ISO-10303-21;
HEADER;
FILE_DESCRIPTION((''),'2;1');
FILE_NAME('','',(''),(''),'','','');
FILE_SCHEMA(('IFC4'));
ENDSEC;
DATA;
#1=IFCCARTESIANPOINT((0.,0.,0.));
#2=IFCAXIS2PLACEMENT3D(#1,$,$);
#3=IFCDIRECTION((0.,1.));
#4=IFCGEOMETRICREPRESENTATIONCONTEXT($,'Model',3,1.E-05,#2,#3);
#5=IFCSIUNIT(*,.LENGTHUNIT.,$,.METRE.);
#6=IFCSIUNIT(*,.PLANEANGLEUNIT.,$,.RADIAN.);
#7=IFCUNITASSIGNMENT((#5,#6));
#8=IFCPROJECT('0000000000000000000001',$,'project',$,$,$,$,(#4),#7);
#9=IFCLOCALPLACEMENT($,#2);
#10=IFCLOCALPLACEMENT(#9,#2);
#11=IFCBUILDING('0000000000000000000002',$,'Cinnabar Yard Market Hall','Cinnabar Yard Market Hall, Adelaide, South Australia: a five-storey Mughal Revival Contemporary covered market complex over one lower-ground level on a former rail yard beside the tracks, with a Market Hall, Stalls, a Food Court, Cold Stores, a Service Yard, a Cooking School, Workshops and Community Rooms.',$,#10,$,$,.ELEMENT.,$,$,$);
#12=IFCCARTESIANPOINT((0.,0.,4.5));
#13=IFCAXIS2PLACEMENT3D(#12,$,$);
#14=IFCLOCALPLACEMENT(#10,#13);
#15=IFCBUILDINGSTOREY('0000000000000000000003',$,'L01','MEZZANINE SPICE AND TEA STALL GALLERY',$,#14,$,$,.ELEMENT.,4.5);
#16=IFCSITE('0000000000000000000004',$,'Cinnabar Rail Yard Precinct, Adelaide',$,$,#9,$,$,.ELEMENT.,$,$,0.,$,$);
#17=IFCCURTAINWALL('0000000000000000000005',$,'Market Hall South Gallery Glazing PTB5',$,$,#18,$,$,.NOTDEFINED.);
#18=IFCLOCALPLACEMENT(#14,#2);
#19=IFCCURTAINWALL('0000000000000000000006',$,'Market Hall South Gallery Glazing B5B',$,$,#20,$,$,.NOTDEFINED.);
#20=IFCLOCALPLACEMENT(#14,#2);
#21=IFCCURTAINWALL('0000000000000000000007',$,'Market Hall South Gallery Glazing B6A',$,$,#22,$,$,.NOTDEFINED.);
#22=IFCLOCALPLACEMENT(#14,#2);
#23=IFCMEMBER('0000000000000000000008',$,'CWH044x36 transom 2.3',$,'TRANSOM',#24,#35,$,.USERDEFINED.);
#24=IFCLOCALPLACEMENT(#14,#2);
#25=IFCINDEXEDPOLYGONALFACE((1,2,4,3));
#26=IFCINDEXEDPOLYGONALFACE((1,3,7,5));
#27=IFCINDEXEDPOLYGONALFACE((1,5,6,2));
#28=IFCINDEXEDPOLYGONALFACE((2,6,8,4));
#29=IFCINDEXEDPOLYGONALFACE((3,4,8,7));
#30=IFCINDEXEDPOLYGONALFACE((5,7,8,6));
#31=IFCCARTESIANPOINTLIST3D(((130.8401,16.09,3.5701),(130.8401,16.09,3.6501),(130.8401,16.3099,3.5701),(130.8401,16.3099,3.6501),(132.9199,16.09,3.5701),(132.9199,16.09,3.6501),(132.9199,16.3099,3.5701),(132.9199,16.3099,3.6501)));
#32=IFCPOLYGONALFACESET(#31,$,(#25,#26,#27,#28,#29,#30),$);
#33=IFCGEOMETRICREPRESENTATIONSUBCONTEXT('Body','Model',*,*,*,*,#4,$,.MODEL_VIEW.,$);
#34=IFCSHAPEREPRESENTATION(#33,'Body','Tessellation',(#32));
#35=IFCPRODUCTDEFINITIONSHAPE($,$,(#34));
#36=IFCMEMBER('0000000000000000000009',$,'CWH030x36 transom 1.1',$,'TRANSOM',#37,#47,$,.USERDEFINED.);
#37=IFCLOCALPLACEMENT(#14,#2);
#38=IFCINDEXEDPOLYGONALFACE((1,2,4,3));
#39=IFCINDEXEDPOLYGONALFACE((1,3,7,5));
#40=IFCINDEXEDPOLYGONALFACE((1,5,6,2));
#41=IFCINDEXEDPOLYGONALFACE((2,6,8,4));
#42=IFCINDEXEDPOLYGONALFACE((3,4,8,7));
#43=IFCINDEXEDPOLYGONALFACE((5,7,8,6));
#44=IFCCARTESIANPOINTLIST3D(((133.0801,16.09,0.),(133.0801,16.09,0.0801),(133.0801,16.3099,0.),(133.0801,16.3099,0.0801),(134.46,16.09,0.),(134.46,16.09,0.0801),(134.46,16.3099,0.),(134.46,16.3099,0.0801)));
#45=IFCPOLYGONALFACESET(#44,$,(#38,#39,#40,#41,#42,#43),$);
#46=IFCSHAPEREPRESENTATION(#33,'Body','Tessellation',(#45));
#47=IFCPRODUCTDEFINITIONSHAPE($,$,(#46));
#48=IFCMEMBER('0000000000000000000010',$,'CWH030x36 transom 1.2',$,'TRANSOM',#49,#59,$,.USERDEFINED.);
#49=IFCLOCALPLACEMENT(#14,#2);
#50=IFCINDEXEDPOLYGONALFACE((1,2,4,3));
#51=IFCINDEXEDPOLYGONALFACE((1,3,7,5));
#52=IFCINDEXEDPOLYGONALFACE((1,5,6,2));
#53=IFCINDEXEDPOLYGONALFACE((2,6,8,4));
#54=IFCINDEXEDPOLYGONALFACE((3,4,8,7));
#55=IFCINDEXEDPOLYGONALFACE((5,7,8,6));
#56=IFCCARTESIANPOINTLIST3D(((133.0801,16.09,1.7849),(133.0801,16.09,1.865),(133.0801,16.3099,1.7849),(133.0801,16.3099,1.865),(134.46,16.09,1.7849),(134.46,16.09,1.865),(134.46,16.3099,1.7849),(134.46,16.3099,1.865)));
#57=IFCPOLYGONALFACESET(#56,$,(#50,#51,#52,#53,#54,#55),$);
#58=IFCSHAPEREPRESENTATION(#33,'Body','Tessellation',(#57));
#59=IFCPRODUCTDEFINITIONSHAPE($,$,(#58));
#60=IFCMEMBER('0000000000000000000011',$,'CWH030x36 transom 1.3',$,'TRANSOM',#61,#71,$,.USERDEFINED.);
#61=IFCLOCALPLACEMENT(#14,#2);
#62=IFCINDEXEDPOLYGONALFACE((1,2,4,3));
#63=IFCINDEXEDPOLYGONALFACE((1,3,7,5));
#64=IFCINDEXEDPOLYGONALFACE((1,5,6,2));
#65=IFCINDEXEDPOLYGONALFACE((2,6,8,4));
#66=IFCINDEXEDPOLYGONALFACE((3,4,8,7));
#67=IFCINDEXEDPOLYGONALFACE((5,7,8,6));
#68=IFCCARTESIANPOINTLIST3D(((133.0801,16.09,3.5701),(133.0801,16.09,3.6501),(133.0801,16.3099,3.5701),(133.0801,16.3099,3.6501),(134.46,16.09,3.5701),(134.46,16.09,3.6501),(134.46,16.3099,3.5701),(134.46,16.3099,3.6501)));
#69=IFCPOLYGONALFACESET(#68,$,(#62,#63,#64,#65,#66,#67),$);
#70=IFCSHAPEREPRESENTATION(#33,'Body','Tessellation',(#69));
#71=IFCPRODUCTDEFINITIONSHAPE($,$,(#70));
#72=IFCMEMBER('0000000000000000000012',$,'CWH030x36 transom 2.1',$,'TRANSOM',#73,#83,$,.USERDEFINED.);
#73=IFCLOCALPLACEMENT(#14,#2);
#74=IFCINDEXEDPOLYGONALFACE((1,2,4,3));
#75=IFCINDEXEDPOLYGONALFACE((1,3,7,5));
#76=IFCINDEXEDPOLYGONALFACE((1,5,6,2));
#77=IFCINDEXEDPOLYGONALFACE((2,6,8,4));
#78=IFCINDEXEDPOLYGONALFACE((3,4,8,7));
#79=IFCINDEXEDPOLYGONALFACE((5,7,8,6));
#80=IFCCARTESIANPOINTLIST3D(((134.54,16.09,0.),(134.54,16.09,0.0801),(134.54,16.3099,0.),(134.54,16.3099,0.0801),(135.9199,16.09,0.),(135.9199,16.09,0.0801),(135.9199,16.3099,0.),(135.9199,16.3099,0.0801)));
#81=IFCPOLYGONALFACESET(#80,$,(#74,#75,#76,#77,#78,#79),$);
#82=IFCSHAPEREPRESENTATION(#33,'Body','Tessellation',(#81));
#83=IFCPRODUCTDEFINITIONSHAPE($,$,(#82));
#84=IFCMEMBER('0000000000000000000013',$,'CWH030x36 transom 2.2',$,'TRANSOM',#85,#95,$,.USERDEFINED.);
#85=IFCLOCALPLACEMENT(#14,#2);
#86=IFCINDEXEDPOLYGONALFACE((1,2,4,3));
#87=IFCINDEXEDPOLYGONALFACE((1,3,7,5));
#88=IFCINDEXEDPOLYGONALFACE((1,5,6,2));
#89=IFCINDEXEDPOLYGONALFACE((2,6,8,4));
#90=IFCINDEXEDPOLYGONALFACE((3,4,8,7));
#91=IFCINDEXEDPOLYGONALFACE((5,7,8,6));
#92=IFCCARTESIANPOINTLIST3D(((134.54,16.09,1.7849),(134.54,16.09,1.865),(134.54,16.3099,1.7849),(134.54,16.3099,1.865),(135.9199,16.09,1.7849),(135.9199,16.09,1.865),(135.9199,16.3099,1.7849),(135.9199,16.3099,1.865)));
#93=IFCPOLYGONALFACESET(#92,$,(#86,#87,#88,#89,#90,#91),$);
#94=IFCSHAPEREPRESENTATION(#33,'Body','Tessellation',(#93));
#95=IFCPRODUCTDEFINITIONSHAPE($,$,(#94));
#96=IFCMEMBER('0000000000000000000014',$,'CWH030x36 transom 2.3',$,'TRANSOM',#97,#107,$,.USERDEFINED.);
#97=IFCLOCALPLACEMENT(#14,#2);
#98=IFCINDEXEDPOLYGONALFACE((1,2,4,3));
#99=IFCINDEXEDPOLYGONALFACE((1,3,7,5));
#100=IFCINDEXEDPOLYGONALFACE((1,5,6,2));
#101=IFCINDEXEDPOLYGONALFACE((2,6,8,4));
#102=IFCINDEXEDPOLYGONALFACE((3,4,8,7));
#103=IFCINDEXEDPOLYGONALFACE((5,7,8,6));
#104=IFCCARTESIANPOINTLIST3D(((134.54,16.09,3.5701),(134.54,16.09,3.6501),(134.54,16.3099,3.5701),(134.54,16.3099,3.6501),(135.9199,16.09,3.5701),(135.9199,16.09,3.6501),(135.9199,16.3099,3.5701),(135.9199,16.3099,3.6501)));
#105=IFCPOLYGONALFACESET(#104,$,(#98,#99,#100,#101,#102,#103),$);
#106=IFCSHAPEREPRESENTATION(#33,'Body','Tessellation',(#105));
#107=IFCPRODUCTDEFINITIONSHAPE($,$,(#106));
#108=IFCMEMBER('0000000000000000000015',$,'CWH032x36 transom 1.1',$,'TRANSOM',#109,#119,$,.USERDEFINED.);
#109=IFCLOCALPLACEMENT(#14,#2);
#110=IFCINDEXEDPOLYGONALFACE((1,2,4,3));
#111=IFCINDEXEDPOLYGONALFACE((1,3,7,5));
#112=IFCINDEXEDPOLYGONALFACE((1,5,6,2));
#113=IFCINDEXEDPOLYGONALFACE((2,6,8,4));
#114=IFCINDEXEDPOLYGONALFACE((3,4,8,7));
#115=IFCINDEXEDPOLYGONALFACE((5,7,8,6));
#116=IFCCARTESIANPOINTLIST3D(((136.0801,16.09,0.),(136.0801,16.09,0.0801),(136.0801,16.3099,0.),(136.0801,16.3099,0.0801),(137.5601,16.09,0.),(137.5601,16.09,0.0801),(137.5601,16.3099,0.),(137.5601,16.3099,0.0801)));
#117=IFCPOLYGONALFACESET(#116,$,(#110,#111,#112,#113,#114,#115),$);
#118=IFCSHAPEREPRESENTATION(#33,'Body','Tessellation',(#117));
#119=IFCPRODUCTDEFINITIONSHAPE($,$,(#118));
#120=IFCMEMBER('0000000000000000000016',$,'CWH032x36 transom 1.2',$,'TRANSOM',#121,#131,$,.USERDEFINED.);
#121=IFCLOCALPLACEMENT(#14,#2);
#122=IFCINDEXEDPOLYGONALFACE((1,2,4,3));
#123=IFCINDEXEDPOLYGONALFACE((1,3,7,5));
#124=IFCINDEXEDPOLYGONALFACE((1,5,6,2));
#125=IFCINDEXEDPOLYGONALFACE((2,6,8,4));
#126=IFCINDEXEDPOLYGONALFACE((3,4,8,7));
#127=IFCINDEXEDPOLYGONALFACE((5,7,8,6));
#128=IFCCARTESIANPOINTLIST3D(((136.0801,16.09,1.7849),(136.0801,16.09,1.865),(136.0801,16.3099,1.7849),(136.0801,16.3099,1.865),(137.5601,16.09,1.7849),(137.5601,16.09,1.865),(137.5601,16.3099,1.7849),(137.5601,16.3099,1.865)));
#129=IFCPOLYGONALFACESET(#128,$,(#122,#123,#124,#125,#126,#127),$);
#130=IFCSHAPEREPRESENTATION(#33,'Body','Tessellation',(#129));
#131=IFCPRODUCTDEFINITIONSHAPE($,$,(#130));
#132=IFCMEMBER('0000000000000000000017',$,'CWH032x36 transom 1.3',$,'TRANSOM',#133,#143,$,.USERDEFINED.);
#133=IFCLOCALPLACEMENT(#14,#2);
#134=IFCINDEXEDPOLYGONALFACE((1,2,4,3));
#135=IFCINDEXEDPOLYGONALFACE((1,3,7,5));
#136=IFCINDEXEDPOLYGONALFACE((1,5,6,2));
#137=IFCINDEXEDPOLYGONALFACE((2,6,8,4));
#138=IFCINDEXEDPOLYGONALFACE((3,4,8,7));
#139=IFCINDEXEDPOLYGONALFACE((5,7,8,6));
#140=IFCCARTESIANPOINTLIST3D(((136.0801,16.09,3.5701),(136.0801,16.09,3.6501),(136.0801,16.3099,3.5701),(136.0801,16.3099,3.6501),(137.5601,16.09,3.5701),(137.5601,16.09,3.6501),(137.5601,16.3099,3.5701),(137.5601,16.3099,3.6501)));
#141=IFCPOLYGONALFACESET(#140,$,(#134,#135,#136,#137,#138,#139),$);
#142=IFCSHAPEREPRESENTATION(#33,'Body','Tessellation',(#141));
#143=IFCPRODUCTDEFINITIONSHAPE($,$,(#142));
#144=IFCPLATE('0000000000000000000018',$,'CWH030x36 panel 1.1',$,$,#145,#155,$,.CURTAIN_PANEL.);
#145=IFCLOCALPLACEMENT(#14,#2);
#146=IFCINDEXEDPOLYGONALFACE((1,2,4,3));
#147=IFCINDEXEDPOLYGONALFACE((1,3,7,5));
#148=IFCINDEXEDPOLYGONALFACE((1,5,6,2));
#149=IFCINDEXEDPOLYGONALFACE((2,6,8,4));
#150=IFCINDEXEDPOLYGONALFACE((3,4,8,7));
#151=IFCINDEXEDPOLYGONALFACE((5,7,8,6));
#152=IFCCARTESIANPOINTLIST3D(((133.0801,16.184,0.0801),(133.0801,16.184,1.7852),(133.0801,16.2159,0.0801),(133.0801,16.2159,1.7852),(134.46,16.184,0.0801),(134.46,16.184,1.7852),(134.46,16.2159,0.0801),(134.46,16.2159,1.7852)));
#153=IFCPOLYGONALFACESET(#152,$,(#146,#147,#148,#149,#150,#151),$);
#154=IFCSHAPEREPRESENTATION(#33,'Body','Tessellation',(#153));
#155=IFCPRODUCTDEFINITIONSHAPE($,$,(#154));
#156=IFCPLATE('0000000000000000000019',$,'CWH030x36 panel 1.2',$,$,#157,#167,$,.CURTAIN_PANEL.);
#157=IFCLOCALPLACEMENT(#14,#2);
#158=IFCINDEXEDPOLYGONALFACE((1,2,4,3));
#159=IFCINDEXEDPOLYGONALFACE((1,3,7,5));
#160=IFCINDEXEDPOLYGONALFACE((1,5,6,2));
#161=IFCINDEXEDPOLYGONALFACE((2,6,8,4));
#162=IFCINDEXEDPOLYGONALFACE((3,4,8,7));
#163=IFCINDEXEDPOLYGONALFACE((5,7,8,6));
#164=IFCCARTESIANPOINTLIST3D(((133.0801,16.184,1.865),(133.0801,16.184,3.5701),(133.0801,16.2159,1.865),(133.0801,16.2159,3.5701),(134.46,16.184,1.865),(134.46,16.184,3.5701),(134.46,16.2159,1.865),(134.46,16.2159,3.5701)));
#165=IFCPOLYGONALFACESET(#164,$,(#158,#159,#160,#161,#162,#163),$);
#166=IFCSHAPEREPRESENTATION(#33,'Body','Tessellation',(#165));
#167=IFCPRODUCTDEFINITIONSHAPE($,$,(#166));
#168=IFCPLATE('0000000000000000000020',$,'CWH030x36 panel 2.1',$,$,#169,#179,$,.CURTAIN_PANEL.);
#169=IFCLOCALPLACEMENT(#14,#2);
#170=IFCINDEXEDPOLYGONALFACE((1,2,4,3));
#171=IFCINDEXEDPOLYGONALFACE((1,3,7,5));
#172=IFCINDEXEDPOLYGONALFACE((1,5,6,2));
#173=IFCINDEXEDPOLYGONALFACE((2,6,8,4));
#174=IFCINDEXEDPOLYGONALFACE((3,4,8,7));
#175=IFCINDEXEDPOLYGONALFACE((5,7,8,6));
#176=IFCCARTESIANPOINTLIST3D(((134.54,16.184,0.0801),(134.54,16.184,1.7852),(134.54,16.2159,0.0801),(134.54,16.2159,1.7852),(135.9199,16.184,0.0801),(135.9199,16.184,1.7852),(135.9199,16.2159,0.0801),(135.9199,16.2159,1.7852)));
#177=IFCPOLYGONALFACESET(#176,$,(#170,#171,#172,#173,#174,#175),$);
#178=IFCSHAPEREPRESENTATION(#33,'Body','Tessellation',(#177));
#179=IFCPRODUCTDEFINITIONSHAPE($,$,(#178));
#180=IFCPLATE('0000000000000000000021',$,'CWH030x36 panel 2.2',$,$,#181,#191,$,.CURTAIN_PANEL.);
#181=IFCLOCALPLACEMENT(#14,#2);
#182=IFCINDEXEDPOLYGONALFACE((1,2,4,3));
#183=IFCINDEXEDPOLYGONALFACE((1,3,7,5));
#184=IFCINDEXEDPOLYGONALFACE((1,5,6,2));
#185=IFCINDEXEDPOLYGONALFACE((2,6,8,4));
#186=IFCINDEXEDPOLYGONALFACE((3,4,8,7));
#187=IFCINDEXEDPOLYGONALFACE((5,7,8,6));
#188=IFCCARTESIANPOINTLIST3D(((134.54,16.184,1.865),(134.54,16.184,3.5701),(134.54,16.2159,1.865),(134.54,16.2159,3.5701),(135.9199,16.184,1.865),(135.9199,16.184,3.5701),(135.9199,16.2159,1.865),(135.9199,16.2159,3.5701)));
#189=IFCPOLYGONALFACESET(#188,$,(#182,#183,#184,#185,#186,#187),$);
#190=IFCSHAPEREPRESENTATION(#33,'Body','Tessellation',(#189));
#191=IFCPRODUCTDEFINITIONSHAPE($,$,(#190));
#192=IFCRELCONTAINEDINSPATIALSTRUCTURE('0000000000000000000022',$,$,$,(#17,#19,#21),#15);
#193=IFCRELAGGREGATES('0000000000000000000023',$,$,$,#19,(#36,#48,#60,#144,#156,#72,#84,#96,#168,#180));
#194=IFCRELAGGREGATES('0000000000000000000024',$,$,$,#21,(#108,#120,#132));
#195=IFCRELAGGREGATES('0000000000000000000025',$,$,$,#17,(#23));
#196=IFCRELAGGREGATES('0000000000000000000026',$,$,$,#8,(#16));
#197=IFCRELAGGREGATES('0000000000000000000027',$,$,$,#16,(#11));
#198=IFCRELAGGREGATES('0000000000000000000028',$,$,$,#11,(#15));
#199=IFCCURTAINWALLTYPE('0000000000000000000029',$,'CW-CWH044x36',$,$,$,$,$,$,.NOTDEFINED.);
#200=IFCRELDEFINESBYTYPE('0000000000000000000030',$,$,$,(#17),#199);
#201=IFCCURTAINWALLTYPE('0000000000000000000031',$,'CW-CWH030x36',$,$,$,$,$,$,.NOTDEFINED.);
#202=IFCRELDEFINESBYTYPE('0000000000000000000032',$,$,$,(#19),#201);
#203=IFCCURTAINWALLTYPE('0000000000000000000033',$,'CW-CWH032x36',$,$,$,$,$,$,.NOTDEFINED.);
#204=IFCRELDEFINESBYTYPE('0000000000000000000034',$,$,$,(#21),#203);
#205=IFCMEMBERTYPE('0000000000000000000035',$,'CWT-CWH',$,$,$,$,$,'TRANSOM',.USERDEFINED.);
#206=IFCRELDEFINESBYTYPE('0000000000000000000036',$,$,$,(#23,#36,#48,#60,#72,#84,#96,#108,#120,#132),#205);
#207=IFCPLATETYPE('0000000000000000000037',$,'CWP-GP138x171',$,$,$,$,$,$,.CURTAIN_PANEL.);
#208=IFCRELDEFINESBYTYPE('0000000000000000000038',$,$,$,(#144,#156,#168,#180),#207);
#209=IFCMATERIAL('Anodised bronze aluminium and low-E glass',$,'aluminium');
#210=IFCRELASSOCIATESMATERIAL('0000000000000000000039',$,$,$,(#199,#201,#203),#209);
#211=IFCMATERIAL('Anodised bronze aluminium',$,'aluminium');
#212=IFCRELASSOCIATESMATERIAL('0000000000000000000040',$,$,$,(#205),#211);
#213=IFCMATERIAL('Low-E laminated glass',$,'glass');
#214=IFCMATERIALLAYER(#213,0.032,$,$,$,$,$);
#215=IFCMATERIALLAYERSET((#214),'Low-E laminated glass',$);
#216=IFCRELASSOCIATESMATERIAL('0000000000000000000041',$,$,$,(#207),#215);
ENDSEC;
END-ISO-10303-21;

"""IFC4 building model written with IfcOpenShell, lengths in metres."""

from ifc_helpers import new_model, si_unit, direction, frame, origin, origin_2d_with_axis, place, context, subcontext, project, spatial, rectangle, extrude, material, layer, layer_set, material_profile, profile_set, type_object, element, aggregate, save


model = new_model("IFC4")

# Units and contexts
model_context = context("Model", 3, precision=1e-05, world=origin(), true_north=direction((0.0, 1.0)))
body_context = subcontext(model_context, "Body", "Model", "MODEL_VIEW")
ifc_project = project(units=[si_unit("LENGTHUNIT", "METRE"), si_unit("PLANEANGLEUNIT", "RADIAN")], contexts=[model_context])

# Site, building, storey
site_placement = place(None, origin())
site = spatial("IfcSite", under=ifc_project, at=site_placement, Name="Cinnabar Rail Yard Precinct, Adelaide", CompositionType="ELEMENT", RefElevation=0.0)
building_placement = place(site_placement, origin())
building = spatial("IfcBuilding", under=site, at=building_placement, Name="Cinnabar Yard Market Hall", Description="Cinnabar Yard Market Hall, Adelaide, South Australia: a five-storey Mughal Revival Contemporary covered market complex over one lower-ground level on a former rail yard beside the tracks, with a Market Hall, Stalls, a Food Court, Cold Stores, a Service Yard, a Cooking School, Workshops and Community Rooms.", CompositionType="ELEMENT")
storey_placement = place(building_placement, frame((0.0, 0.0, 4.5)))
storey = spatial("IfcBuildingStorey", under=building, at=storey_placement, Name="L01", Description="MEZZANINE SPICE AND TEA STALL GALLERY", CompositionType="ELEMENT", Elevation=4.5)

# Curtain walls
ifc_material_1 = material(Name="Anodised bronze aluminium and low-E glass", Category="aluminium")
curtain_wall_type_1 = type_object("IfcCurtainWallType", Name="CW-CWH044x36", PredefinedType="NOTDEFINED", material=ifc_material_1)
curtain_wall_1_placement = place(storey_placement, origin())
curtain_wall_1 = element("IfcCurtainWall", 1, at=curtain_wall_1_placement, inside=storey, type_object=curtain_wall_type_1, Name="Market Hall South Gallery Glazing PTB5", PredefinedType="NOTDEFINED")
ifc_material_2 = material(Name="Anodised bronze aluminium", Category="aluminium")
curtain_wall_type_2 = type_object("IfcCurtainWallType", Name="CW-CWH030x36", PredefinedType="NOTDEFINED", material=ifc_material_1)
curtain_wall_2_placement = place(storey_placement, origin())
curtain_wall_2 = element("IfcCurtainWall", 2, at=curtain_wall_2_placement, inside=storey, type_object=curtain_wall_type_2, Name="Market Hall South Gallery Glazing B5B", PredefinedType="NOTDEFINED")
curtain_wall_type_3 = type_object("IfcCurtainWallType", Name="CW-CWH032x36", PredefinedType="NOTDEFINED", material=ifc_material_1)
curtain_wall_3_placement = place(storey_placement, origin())
curtain_wall_3 = element("IfcCurtainWall", 3, at=curtain_wall_3_placement, inside=storey, type_object=curtain_wall_type_3, Name="Market Hall South Gallery Glazing B6A", PredefinedType="NOTDEFINED")

# Members
ifc_material_profile_1 = material_profile(ifc_material_2, rectangle(XDim=0.22, YDim=0.0801, at=origin_2d_with_axis()), Name="TRN-CWH")
ifc_profile_set_1 = profile_set([ifc_material_profile_1], Name="Anodised bronze aluminium")
member_type_1 = type_object("IfcMemberType", Name="CWT-CWH", ElementType="TRANSOM", PredefinedType="USERDEFINED", material=ifc_profile_set_1)
member_1_placement = place(storey_placement, frame((130.8401, 16.2, 3.6101), z_axis=(1.0, 0.0, 0.0), x_axis=(0.0, 1.0, 0.0)))
member_1 = element("IfcMember", 4, at=member_1_placement, type_object=member_type_1, Name="CWH044x36 transom 2.3", ObjectType="TRANSOM", PredefinedType="USERDEFINED", context=body_context, shape_type="SweptSolid", body=[
    extrude(rectangle(XDim=0.22, YDim=0.0801, at=origin_2d_with_axis()), origin(), (0.0, 0.0, 1.0), 2.0798),
])
member_2_placement = place(storey_placement, frame((133.0801, 16.2, 0.04), z_axis=(1.0, 0.0, 0.0), x_axis=(0.0, 1.0, 0.0)))
member_2 = element("IfcMember", 5, at=member_2_placement, type_object=member_type_1, Name="CWH030x36 transom 1.1", ObjectType="TRANSOM", PredefinedType="USERDEFINED", context=body_context, shape_type="SweptSolid", body=[
    extrude(rectangle(XDim=0.22, YDim=0.0801, at=origin_2d_with_axis()), origin(), (0.0, 0.0, 1.0), 1.3799),
])
member_3_placement = place(storey_placement, frame((133.0801, 16.2, 1.825), z_axis=(1.0, 0.0, 0.0), x_axis=(0.0, 1.0, 0.0)))
member_3 = element("IfcMember", 6, at=member_3_placement, type_object=member_type_1, Name="CWH030x36 transom 1.2", ObjectType="TRANSOM", PredefinedType="USERDEFINED", context=body_context, shape_type="SweptSolid", body=[
    extrude(rectangle(XDim=0.22, YDim=0.0801, at=origin_2d_with_axis()), origin(), (0.0, 0.0, 1.0), 1.3799),
])
member_4_placement = place(storey_placement, frame((133.0801, 16.2, 3.6101), z_axis=(1.0, 0.0, 0.0), x_axis=(0.0, 1.0, 0.0)))
member_4 = element("IfcMember", 7, at=member_4_placement, type_object=member_type_1, Name="CWH030x36 transom 1.3", ObjectType="TRANSOM", PredefinedType="USERDEFINED", context=body_context, shape_type="SweptSolid", body=[
    extrude(rectangle(XDim=0.22, YDim=0.0801, at=origin_2d_with_axis()), origin(), (0.0, 0.0, 1.0), 1.3799),
])
member_5_placement = place(storey_placement, frame((134.54, 16.2, 0.04), z_axis=(1.0, 0.0, 0.0), x_axis=(0.0, 1.0, 0.0)))
member_5 = element("IfcMember", 8, at=member_5_placement, type_object=member_type_1, Name="CWH030x36 transom 2.1", ObjectType="TRANSOM", PredefinedType="USERDEFINED", context=body_context, shape_type="SweptSolid", body=[
    extrude(rectangle(XDim=0.22, YDim=0.0801, at=origin_2d_with_axis()), origin(), (0.0, 0.0, 1.0), 1.3799),
])
member_6_placement = place(storey_placement, frame((134.54, 16.2, 1.825), z_axis=(1.0, 0.0, 0.0), x_axis=(0.0, 1.0, 0.0)))
member_6 = element("IfcMember", 9, at=member_6_placement, type_object=member_type_1, Name="CWH030x36 transom 2.2", ObjectType="TRANSOM", PredefinedType="USERDEFINED", context=body_context, shape_type="SweptSolid", body=[
    extrude(rectangle(XDim=0.22, YDim=0.0801, at=origin_2d_with_axis()), origin(), (0.0, 0.0, 1.0), 1.3799),
])
member_7_placement = place(storey_placement, frame((134.54, 16.2, 3.6101), z_axis=(1.0, 0.0, 0.0), x_axis=(0.0, 1.0, 0.0)))
member_7 = element("IfcMember", 10, at=member_7_placement, type_object=member_type_1, Name="CWH030x36 transom 2.3", ObjectType="TRANSOM", PredefinedType="USERDEFINED", context=body_context, shape_type="SweptSolid", body=[
    extrude(rectangle(XDim=0.22, YDim=0.0801, at=origin_2d_with_axis()), origin(), (0.0, 0.0, 1.0), 1.3799),
])
member_8_placement = place(storey_placement, frame((136.0801, 16.2, 0.04), z_axis=(1.0, 0.0, 0.0), x_axis=(0.0, 1.0, 0.0)))
member_8 = element("IfcMember", 11, at=member_8_placement, type_object=member_type_1, Name="CWH032x36 transom 1.1", ObjectType="TRANSOM", PredefinedType="USERDEFINED", context=body_context, shape_type="SweptSolid", body=[
    extrude(rectangle(XDim=0.22, YDim=0.0801, at=origin_2d_with_axis()), origin(), (0.0, 0.0, 1.0), 1.48),
])
member_9_placement = place(storey_placement, frame((136.0801, 16.2, 1.825), z_axis=(1.0, 0.0, 0.0), x_axis=(0.0, 1.0, 0.0)))
member_9 = element("IfcMember", 12, at=member_9_placement, type_object=member_type_1, Name="CWH032x36 transom 1.2", ObjectType="TRANSOM", PredefinedType="USERDEFINED", context=body_context, shape_type="SweptSolid", body=[
    extrude(rectangle(XDim=0.22, YDim=0.0801, at=origin_2d_with_axis()), origin(), (0.0, 0.0, 1.0), 1.48),
])
member_10_placement = place(storey_placement, frame((136.0801, 16.2, 3.6101), z_axis=(1.0, 0.0, 0.0), x_axis=(0.0, 1.0, 0.0)))
member_10 = element("IfcMember", 13, at=member_10_placement, type_object=member_type_1, Name="CWH032x36 transom 1.3", ObjectType="TRANSOM", PredefinedType="USERDEFINED", context=body_context, shape_type="SweptSolid", body=[
    extrude(rectangle(XDim=0.22, YDim=0.0801, at=origin_2d_with_axis()), origin(), (0.0, 0.0, 1.0), 1.48),
])

# Plates
ifc_material_3 = material(Name="Low-E laminated glass", Category="glass")
ifc_layer_1 = layer(ifc_material_3, 0.032)
ifc_layer_set_1 = layer_set([ifc_layer_1], Name="Low-E laminated glass")
plate_type_1 = type_object("IfcPlateType", Name="CWP-GP138x171", PredefinedType="CURTAIN_PANEL", material=ifc_layer_set_1)
plate_1_placement = place(storey_placement, frame((133.77, 16.2, 0.0801), z_axis=(0.0, 0.0, 1.0), x_axis=(1.0, 0.0, 0.0)))
plate_1 = element("IfcPlate", 14, at=plate_1_placement, type_object=plate_type_1, Name="CWH030x36 panel 1.1", PredefinedType="CURTAIN_PANEL", context=body_context, shape_type="SweptSolid", body=[
    extrude(rectangle(XDim=1.3799, YDim=0.032, at=origin_2d_with_axis()), origin(), (0.0, 0.0, 1.0), 1.7051),
])
plate_2_placement = place(storey_placement, frame((133.77, 16.2, 1.865), z_axis=(0.0, 0.0, 1.0), x_axis=(1.0, 0.0, 0.0)))
plate_2 = element("IfcPlate", 15, at=plate_2_placement, type_object=plate_type_1, Name="CWH030x36 panel 1.2", PredefinedType="CURTAIN_PANEL", context=body_context, shape_type="SweptSolid", body=[
    extrude(rectangle(XDim=1.3799, YDim=0.032, at=origin_2d_with_axis()), origin(), (0.0, 0.0, 1.0), 1.7051),
])
plate_3_placement = place(storey_placement, frame((135.23, 16.2, 0.0801), z_axis=(0.0, 0.0, 1.0), x_axis=(1.0, 0.0, 0.0)))
plate_3 = element("IfcPlate", 16, at=plate_3_placement, type_object=plate_type_1, Name="CWH030x36 panel 2.1", PredefinedType="CURTAIN_PANEL", context=body_context, shape_type="SweptSolid", body=[
    extrude(rectangle(XDim=1.3799, YDim=0.032, at=origin_2d_with_axis()), origin(), (0.0, 0.0, 1.0), 1.7051),
])
plate_4_placement = place(storey_placement, frame((135.23, 16.2, 1.865), z_axis=(0.0, 0.0, 1.0), x_axis=(1.0, 0.0, 0.0)))
plate_4 = element("IfcPlate", 17, at=plate_4_placement, type_object=plate_type_1, Name="CWH030x36 panel 2.2", PredefinedType="CURTAIN_PANEL", context=body_context, shape_type="SweptSolid", body=[
    extrude(rectangle(XDim=1.3799, YDim=0.032, at=origin_2d_with_axis()), origin(), (0.0, 0.0, 1.0), 1.7051),
])
aggregate(curtain_wall_2, [member_2, member_3, member_4, plate_1, plate_2, member_5, member_6, member_7, plate_3, plate_4])
aggregate(curtain_wall_3, [member_8, member_9, member_10])
aggregate(curtain_wall_1, [member_1])

save(model, "model.ifc")
